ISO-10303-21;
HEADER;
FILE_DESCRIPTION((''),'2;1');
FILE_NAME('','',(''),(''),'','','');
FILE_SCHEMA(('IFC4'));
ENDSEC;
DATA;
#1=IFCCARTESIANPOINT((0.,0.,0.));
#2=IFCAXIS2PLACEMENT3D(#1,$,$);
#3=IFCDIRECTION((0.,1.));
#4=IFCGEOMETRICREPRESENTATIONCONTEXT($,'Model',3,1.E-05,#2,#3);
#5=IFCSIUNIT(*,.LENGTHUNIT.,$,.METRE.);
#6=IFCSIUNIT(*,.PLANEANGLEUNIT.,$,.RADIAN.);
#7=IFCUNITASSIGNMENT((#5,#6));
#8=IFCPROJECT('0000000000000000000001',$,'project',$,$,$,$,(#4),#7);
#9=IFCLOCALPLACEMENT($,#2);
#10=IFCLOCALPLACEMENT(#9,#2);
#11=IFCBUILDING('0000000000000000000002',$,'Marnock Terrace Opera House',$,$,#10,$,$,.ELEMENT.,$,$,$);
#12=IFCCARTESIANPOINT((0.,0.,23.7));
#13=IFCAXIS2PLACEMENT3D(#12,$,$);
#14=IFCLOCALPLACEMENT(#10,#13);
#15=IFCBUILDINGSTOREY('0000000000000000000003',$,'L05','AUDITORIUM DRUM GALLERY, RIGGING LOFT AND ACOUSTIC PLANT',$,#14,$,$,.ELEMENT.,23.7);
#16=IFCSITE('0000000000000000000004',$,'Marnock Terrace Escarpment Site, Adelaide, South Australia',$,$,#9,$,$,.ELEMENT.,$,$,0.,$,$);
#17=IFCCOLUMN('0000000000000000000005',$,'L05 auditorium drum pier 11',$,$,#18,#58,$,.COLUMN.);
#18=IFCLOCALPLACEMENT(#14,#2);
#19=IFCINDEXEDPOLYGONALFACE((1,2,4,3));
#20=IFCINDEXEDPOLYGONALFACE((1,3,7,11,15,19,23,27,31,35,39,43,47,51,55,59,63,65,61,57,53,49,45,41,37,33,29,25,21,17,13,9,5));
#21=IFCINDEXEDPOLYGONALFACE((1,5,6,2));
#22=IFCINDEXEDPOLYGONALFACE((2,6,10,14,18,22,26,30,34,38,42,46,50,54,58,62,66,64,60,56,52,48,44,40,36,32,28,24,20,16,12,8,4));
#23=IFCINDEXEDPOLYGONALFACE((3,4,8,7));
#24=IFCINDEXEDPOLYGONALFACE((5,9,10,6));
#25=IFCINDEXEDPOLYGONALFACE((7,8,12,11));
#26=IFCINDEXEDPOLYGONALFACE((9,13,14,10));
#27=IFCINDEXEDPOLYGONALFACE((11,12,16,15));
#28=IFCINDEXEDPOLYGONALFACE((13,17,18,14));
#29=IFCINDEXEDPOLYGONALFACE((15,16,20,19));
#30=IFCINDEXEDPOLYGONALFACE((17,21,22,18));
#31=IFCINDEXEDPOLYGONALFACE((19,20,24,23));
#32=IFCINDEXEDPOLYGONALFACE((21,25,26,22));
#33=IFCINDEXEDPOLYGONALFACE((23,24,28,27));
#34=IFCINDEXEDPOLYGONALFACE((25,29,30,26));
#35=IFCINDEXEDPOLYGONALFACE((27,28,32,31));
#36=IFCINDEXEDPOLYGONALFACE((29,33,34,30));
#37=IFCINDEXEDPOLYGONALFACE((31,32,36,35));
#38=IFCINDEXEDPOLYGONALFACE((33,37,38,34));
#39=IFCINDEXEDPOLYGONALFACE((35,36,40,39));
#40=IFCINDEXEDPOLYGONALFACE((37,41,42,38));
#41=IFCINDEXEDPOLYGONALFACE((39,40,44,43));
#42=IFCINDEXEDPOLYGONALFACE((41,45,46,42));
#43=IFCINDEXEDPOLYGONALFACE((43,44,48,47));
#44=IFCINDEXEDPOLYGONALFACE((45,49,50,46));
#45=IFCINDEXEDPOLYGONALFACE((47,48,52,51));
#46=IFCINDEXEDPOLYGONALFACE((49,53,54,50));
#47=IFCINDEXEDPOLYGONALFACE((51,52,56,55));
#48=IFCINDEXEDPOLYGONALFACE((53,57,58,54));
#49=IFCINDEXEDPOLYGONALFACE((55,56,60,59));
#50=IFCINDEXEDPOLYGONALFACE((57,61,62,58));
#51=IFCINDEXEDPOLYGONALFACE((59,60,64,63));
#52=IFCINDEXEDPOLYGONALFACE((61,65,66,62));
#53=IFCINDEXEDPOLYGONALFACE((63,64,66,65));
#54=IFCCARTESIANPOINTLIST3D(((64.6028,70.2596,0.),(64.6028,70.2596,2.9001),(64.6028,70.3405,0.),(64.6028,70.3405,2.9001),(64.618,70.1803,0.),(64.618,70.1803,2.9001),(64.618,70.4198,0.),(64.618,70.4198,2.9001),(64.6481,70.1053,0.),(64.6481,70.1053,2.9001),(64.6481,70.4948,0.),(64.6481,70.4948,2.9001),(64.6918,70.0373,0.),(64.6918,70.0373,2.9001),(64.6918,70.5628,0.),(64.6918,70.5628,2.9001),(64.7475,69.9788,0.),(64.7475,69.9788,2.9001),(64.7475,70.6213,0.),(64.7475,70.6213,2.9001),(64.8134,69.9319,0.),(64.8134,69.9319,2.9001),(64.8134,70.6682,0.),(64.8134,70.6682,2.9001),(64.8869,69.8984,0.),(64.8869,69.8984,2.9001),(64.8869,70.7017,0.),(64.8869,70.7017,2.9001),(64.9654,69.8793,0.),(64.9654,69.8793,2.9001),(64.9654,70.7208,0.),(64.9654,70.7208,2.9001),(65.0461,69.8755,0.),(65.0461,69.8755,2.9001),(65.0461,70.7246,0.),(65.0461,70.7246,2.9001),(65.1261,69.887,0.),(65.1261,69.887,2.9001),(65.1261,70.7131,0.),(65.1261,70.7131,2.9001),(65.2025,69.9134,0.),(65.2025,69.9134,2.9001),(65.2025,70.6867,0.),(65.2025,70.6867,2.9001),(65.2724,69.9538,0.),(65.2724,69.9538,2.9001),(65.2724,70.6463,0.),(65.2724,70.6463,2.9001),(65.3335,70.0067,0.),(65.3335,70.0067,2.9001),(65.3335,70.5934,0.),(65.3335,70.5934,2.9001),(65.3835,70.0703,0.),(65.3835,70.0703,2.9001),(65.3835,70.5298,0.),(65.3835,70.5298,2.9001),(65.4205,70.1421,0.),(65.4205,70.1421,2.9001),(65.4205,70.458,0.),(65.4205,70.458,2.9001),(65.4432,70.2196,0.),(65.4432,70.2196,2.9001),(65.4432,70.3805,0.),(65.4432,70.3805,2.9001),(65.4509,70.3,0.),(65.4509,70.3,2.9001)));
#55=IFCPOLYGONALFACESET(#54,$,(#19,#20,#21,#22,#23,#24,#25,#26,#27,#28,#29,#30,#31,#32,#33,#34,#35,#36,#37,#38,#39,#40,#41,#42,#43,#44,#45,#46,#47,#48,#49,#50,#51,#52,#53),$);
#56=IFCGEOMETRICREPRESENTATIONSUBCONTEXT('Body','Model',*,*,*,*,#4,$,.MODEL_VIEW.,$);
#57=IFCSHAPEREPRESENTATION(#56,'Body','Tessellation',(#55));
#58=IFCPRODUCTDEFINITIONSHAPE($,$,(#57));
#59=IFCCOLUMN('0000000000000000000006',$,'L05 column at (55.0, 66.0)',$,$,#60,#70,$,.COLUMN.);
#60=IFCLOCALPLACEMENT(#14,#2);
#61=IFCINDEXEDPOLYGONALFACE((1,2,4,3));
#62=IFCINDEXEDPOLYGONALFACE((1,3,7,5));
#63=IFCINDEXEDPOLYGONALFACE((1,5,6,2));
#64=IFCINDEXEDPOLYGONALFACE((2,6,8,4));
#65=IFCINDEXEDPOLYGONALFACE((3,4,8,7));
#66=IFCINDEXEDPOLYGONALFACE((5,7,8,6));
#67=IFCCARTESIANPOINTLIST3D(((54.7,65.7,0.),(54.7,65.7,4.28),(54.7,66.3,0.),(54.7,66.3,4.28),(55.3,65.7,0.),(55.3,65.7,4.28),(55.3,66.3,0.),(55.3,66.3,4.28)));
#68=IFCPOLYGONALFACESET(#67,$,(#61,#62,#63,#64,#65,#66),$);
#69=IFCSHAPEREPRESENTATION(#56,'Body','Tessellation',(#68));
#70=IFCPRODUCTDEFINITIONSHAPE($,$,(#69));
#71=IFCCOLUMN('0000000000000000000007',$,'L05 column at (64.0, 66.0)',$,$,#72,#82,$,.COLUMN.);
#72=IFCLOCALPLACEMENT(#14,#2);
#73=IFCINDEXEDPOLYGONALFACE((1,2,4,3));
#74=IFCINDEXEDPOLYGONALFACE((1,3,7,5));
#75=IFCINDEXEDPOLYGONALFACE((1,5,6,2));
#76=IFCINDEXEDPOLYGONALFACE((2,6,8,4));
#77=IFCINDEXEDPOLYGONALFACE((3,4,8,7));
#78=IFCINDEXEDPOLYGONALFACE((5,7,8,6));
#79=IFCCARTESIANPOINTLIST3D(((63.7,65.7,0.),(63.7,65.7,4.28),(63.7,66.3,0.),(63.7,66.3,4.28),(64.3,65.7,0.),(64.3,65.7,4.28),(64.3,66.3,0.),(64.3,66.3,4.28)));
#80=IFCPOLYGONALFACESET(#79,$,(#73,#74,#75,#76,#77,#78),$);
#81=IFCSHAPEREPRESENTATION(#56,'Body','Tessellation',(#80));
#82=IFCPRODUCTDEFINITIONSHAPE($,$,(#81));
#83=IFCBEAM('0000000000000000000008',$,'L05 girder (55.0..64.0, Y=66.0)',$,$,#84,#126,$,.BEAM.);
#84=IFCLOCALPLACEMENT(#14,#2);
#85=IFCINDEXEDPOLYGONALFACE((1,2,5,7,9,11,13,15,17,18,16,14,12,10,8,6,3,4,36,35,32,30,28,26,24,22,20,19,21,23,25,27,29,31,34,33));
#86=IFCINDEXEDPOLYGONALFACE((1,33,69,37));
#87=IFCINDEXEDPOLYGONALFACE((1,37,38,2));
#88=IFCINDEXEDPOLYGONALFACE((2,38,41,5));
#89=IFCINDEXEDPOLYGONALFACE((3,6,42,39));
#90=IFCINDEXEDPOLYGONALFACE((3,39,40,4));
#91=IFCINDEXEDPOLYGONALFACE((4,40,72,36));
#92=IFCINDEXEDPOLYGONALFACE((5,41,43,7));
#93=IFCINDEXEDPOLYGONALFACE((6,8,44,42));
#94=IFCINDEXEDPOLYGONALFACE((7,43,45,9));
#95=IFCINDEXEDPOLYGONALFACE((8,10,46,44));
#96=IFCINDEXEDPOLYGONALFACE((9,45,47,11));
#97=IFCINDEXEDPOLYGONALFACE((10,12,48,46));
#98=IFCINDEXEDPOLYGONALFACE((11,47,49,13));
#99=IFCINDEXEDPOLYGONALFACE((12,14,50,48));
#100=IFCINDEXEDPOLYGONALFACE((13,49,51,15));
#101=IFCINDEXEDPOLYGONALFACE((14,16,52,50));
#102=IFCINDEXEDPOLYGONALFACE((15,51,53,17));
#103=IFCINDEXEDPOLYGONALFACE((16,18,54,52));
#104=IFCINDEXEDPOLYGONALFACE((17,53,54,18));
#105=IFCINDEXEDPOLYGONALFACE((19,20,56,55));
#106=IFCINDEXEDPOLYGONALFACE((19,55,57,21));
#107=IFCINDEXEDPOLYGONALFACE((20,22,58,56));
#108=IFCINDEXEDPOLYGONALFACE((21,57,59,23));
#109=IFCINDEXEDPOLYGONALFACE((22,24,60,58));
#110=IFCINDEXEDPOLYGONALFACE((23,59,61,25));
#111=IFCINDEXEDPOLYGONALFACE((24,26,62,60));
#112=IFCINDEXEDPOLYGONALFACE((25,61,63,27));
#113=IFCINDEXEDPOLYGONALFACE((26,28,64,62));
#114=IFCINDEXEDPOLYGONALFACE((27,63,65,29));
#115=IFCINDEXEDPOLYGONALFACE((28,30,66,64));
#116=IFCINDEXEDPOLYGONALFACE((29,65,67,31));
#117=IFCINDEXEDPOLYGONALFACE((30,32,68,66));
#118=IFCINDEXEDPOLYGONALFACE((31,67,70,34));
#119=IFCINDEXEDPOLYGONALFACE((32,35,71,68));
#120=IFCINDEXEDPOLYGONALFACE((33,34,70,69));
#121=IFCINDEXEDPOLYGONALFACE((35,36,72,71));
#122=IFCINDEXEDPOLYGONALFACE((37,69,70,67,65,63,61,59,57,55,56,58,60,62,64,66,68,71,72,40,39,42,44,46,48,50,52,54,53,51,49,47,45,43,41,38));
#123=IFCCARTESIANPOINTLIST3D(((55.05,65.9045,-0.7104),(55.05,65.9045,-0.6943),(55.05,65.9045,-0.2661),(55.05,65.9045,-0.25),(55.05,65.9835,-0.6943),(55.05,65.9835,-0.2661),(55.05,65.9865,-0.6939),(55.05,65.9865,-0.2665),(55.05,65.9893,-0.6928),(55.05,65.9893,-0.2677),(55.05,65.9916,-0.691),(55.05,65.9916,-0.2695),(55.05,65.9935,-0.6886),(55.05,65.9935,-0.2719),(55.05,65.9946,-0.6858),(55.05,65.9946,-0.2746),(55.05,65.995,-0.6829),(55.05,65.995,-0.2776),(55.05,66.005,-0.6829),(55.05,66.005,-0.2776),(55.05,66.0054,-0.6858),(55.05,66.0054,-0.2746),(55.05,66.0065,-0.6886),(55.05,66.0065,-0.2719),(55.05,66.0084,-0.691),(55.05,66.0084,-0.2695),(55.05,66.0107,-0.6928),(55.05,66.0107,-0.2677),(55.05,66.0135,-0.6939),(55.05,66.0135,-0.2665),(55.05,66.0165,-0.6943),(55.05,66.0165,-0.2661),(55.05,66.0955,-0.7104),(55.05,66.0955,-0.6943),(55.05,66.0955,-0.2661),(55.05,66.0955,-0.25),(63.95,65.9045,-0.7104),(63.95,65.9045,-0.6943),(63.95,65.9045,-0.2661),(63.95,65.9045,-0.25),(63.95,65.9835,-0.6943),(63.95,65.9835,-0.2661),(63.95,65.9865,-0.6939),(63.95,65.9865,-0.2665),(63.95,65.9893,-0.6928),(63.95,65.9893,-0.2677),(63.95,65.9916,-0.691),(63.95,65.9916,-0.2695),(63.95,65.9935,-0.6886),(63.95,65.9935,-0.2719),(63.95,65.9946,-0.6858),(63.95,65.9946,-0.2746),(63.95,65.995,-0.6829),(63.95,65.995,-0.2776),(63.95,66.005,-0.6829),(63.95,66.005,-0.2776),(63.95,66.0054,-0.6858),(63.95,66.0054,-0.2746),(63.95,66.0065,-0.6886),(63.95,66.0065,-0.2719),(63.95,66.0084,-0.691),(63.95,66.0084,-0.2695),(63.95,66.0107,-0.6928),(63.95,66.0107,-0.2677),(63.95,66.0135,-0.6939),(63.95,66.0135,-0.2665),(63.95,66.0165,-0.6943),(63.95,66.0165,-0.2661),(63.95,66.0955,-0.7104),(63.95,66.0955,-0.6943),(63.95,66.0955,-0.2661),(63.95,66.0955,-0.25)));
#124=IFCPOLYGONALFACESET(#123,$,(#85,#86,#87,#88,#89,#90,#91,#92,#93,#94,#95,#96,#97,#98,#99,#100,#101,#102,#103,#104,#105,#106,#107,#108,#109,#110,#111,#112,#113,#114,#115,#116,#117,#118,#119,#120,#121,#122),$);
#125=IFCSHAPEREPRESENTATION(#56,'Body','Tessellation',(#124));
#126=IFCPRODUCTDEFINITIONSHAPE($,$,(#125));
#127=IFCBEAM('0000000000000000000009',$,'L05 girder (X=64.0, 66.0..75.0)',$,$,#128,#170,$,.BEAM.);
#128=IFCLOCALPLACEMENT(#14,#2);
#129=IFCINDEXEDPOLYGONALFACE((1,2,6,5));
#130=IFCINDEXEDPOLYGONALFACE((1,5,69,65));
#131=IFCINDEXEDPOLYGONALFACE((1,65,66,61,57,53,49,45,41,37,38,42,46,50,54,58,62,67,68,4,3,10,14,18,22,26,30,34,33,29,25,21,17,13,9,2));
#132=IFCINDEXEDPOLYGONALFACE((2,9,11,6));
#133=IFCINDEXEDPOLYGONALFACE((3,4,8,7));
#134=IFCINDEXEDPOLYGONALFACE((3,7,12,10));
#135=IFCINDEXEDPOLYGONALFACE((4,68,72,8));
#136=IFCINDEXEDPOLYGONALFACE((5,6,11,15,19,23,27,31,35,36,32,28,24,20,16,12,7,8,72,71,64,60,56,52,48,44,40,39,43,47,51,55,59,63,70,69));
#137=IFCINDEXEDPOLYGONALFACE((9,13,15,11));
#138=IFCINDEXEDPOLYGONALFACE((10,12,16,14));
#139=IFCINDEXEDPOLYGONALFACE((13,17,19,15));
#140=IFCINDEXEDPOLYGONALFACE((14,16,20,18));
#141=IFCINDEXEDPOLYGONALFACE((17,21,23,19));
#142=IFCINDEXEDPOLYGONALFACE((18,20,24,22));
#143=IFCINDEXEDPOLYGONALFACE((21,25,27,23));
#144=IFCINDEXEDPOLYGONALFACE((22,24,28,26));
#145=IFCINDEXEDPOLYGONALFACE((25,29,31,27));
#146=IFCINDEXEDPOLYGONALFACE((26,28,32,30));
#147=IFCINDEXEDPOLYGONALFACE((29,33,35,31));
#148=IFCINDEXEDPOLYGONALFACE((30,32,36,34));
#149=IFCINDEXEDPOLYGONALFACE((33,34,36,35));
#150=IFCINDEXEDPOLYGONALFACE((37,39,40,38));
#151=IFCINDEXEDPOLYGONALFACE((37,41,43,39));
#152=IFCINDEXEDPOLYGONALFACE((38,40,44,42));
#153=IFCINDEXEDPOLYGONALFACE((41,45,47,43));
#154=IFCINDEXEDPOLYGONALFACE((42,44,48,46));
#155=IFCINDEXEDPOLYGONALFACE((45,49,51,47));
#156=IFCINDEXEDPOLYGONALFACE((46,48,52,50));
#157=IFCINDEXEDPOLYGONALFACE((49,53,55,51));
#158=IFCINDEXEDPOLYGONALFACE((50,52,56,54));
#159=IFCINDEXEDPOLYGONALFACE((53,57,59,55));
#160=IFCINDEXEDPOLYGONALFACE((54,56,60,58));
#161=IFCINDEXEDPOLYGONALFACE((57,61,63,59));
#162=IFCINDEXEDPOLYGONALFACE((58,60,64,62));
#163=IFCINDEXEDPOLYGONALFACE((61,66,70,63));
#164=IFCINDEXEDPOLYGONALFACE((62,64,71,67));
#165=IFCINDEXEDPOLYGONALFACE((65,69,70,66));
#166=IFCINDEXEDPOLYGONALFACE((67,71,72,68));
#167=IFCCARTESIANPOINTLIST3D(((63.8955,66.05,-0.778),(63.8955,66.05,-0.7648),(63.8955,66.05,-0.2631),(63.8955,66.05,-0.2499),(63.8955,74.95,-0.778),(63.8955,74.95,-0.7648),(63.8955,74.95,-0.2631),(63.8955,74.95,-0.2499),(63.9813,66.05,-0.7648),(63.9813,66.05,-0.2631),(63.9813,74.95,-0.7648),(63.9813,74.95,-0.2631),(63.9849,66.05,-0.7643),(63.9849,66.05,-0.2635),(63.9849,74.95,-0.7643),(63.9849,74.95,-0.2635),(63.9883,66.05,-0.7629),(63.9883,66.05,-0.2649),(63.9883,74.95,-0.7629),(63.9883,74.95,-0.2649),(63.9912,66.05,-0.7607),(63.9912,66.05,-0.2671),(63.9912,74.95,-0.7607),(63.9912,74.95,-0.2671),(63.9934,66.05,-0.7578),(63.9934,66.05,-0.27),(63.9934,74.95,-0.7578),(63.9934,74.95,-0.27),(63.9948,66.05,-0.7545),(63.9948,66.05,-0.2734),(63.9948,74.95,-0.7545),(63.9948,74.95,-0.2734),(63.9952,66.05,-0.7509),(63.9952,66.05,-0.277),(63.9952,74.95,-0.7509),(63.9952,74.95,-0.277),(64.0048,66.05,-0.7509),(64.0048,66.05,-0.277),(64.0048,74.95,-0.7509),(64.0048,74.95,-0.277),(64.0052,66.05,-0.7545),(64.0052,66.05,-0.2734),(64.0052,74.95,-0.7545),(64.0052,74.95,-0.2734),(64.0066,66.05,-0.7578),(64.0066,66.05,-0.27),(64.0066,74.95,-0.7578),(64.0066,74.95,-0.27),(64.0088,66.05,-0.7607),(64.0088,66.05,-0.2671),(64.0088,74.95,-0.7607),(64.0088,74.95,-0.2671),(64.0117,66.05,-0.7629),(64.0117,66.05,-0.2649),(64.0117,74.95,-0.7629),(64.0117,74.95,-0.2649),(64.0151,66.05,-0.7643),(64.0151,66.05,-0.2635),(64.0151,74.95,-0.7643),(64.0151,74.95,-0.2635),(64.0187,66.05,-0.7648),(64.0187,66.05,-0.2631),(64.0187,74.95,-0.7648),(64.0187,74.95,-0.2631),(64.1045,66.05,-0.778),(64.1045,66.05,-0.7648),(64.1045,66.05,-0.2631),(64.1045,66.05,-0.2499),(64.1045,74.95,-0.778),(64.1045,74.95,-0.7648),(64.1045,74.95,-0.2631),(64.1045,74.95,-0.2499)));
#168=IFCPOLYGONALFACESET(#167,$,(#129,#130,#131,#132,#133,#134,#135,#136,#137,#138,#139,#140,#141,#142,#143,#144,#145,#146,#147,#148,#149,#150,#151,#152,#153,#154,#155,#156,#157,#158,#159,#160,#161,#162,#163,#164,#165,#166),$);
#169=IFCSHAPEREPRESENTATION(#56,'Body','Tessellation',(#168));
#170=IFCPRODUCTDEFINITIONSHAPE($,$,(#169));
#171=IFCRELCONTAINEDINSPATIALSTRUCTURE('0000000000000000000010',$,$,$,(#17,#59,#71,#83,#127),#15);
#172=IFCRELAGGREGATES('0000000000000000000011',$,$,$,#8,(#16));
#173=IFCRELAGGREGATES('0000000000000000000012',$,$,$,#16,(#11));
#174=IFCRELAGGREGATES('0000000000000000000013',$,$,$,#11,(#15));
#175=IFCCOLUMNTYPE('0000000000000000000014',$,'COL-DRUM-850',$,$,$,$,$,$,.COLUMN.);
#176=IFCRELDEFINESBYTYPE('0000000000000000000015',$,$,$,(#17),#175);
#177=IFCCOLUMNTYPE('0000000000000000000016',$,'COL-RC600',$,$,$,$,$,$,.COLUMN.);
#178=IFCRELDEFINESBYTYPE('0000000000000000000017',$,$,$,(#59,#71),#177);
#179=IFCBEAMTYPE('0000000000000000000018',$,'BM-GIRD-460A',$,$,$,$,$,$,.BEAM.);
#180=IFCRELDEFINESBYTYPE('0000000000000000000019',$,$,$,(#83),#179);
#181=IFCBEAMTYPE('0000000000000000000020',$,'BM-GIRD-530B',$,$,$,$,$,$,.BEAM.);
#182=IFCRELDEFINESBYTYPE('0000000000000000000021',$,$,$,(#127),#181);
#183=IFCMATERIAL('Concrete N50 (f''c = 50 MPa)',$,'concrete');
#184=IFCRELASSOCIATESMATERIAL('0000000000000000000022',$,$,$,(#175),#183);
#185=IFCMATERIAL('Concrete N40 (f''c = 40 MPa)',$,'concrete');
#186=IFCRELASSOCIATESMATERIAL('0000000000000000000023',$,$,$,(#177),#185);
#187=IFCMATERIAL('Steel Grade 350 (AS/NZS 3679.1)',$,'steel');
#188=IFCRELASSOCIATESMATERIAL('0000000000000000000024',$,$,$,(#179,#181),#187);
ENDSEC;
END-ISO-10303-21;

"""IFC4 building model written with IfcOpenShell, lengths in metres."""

from ifc_helpers import new_model, si_unit, direction, frame, origin, origin_2d, place, context, subcontext, project, spatial, rectangle, circle, i_section, extrude, material, material_profile, profile_set, type_object, element, save


model = new_model("IFC4")

# Units and contexts
model_context = context("Model", 3, precision=1e-05, world=origin(), true_north=direction((0.0, 1.0)))
body_context = subcontext(model_context, "Body", "Model", "MODEL_VIEW")
ifc_project = project(units=[si_unit("LENGTHUNIT", "METRE"), si_unit("PLANEANGLEUNIT", "RADIAN")], contexts=[model_context])

# Site, building, storey
site_placement = place(None, origin())
site = spatial("IfcSite", under=ifc_project, at=site_placement, Name="Marnock Terrace Escarpment Site, Adelaide, South Australia", CompositionType="ELEMENT", RefElevation=0.0)
building_placement = place(site_placement, origin())
building = spatial("IfcBuilding", under=site, at=building_placement, Name="Marnock Terrace Opera House", CompositionType="ELEMENT")
storey_placement = place(building_placement, frame((0.0, 0.0, 23.7)))
storey = spatial("IfcBuildingStorey", under=building, at=storey_placement, Name="L05", Description="AUDITORIUM DRUM GALLERY, RIGGING LOFT AND ACOUSTIC PLANT", CompositionType="ELEMENT", Elevation=23.7)

# Columns
ifc_material_1 = material(Name="Concrete N50 (f'c = 50 MPa)", Category="concrete")
ifc_material_profile_1 = material_profile(ifc_material_1, circle(Radius=0.425, at=origin_2d()))
ifc_profile_set_1 = profile_set([ifc_material_profile_1], Name="Concrete N50 (f'c = 50 MPa)")
column_type_1 = type_object("IfcColumnType", Name="COL-DRUM-850", PredefinedType="COLUMN", material=ifc_profile_set_1)
column_placement = place(storey_placement, frame((65.0259, 70.3, 0.0), z_axis=(0.0, 0.0, 1.0), x_axis=(1.0, 0.0, 0.0)))
element("IfcColumn", 1, at=column_placement, inside=storey, type_object=column_type_1, Name="L05 auditorium drum pier 11", PredefinedType="COLUMN", context=body_context, shape_type="SweptSolid", body=[
    extrude(circle(Radius=0.425, at=origin_2d()), origin(), (0.0, 0.0, 1.0), 2.9001),
])
ifc_material_2 = material(Name="Concrete N40 (f'c = 40 MPa)", Category="concrete")
ifc_material_profile_2 = material_profile(ifc_material_2, rectangle(XDim=0.6001, YDim=0.6001, at=origin_2d()))
ifc_profile_set_2 = profile_set([ifc_material_profile_2], Name="Concrete N40 (f'c = 40 MPa)")
column_type_2 = type_object("IfcColumnType", Name="COL-RC600", PredefinedType="COLUMN", material=ifc_profile_set_2)
for number, where, z_axis, x_axis, name in (
    (2, (55.0, 66.0, 0.0), (0.0, 0.0, 1.0), (1.0, 0.0, 0.0), "L05 column at (55.0, 66.0)"),
    (3, (64.0, 66.0, 0.0), (0.0, 0.0, 1.0), (1.0, 0.0, 0.0), "L05 column at (64.0, 66.0)"),
):
    element("IfcColumn", number, at=place(storey_placement, frame(where, z_axis=z_axis, x_axis=x_axis)), inside=storey, type_object=column_type_2, Name=name, PredefinedType="COLUMN", context=body_context, shape_type="SweptSolid", body=[
        extrude(rectangle(XDim=0.6001, YDim=0.6001, at=origin_2d()), origin(), (0.0, 0.0, 1.0), 4.28),
    ])

# Beams
ifc_material_3 = material(Name="Steel Grade 350 (AS/NZS 3679.1)", Category="steel")
ifc_material_profile_3 = material_profile(ifc_material_3, i_section(OverallWidth=0.1909, OverallDepth=0.4604, WebThickness=0.01, FlangeThickness=0.0161, FilletRadius=0.0115, at=origin_2d()))
ifc_profile_set_3 = profile_set([ifc_material_profile_3], Name="Steel Grade 350 (AS/NZS 3679.1)")
beam_type_1 = type_object("IfcBeamType", Name="BM-GIRD-460A", PredefinedType="BEAM", material=ifc_profile_set_3)
beam_1_placement = place(storey_placement, frame((55.05, 66.0, -0.4802), z_axis=(1.0, 0.0, 0.0), x_axis=(0.0, 1.0, 0.0)))
element("IfcBeam", 4, at=beam_1_placement, inside=storey, type_object=beam_type_1, Name="L05 girder (55.0..64.0, Y=66.0)", PredefinedType="BEAM", context=body_context, shape_type="SweptSolid", body=[
    extrude(i_section(OverallWidth=0.1909, OverallDepth=0.4604, WebThickness=0.01, FlangeThickness=0.0161, FilletRadius=0.0115, at=origin_2d()), origin(), (0.0, 0.0, 1.0), 8.8999),
])
ifc_material_profile_4 = material_profile(ifc_material_3, i_section(OverallWidth=0.209, OverallDepth=0.5281, WebThickness=0.0095, FlangeThickness=0.0132, FilletRadius=0.0139, at=origin_2d()))
ifc_profile_set_4 = profile_set([ifc_material_profile_4], Name="Steel Grade 350 (AS/NZS 3679.1)")
beam_type_2 = type_object("IfcBeamType", Name="BM-GIRD-530B", PredefinedType="BEAM", material=ifc_profile_set_4)
beam_2_placement = place(storey_placement, frame((64.0, 66.05, -0.5139), z_axis=(0.0, 1.0, 0.0), x_axis=(-1.0, 0.0, 0.0)))
element("IfcBeam", 5, at=beam_2_placement, inside=storey, type_object=beam_type_2, Name="L05 girder (X=64.0, 66.0..75.0)", PredefinedType="BEAM", context=body_context, shape_type="SweptSolid", body=[
    extrude(i_section(OverallWidth=0.209, OverallDepth=0.5281, WebThickness=0.0095, FlangeThickness=0.0132, FilletRadius=0.0139, at=origin_2d()), origin(), (0.0, 0.0, 1.0), 8.8999),
])

save(model, "model.ifc")
